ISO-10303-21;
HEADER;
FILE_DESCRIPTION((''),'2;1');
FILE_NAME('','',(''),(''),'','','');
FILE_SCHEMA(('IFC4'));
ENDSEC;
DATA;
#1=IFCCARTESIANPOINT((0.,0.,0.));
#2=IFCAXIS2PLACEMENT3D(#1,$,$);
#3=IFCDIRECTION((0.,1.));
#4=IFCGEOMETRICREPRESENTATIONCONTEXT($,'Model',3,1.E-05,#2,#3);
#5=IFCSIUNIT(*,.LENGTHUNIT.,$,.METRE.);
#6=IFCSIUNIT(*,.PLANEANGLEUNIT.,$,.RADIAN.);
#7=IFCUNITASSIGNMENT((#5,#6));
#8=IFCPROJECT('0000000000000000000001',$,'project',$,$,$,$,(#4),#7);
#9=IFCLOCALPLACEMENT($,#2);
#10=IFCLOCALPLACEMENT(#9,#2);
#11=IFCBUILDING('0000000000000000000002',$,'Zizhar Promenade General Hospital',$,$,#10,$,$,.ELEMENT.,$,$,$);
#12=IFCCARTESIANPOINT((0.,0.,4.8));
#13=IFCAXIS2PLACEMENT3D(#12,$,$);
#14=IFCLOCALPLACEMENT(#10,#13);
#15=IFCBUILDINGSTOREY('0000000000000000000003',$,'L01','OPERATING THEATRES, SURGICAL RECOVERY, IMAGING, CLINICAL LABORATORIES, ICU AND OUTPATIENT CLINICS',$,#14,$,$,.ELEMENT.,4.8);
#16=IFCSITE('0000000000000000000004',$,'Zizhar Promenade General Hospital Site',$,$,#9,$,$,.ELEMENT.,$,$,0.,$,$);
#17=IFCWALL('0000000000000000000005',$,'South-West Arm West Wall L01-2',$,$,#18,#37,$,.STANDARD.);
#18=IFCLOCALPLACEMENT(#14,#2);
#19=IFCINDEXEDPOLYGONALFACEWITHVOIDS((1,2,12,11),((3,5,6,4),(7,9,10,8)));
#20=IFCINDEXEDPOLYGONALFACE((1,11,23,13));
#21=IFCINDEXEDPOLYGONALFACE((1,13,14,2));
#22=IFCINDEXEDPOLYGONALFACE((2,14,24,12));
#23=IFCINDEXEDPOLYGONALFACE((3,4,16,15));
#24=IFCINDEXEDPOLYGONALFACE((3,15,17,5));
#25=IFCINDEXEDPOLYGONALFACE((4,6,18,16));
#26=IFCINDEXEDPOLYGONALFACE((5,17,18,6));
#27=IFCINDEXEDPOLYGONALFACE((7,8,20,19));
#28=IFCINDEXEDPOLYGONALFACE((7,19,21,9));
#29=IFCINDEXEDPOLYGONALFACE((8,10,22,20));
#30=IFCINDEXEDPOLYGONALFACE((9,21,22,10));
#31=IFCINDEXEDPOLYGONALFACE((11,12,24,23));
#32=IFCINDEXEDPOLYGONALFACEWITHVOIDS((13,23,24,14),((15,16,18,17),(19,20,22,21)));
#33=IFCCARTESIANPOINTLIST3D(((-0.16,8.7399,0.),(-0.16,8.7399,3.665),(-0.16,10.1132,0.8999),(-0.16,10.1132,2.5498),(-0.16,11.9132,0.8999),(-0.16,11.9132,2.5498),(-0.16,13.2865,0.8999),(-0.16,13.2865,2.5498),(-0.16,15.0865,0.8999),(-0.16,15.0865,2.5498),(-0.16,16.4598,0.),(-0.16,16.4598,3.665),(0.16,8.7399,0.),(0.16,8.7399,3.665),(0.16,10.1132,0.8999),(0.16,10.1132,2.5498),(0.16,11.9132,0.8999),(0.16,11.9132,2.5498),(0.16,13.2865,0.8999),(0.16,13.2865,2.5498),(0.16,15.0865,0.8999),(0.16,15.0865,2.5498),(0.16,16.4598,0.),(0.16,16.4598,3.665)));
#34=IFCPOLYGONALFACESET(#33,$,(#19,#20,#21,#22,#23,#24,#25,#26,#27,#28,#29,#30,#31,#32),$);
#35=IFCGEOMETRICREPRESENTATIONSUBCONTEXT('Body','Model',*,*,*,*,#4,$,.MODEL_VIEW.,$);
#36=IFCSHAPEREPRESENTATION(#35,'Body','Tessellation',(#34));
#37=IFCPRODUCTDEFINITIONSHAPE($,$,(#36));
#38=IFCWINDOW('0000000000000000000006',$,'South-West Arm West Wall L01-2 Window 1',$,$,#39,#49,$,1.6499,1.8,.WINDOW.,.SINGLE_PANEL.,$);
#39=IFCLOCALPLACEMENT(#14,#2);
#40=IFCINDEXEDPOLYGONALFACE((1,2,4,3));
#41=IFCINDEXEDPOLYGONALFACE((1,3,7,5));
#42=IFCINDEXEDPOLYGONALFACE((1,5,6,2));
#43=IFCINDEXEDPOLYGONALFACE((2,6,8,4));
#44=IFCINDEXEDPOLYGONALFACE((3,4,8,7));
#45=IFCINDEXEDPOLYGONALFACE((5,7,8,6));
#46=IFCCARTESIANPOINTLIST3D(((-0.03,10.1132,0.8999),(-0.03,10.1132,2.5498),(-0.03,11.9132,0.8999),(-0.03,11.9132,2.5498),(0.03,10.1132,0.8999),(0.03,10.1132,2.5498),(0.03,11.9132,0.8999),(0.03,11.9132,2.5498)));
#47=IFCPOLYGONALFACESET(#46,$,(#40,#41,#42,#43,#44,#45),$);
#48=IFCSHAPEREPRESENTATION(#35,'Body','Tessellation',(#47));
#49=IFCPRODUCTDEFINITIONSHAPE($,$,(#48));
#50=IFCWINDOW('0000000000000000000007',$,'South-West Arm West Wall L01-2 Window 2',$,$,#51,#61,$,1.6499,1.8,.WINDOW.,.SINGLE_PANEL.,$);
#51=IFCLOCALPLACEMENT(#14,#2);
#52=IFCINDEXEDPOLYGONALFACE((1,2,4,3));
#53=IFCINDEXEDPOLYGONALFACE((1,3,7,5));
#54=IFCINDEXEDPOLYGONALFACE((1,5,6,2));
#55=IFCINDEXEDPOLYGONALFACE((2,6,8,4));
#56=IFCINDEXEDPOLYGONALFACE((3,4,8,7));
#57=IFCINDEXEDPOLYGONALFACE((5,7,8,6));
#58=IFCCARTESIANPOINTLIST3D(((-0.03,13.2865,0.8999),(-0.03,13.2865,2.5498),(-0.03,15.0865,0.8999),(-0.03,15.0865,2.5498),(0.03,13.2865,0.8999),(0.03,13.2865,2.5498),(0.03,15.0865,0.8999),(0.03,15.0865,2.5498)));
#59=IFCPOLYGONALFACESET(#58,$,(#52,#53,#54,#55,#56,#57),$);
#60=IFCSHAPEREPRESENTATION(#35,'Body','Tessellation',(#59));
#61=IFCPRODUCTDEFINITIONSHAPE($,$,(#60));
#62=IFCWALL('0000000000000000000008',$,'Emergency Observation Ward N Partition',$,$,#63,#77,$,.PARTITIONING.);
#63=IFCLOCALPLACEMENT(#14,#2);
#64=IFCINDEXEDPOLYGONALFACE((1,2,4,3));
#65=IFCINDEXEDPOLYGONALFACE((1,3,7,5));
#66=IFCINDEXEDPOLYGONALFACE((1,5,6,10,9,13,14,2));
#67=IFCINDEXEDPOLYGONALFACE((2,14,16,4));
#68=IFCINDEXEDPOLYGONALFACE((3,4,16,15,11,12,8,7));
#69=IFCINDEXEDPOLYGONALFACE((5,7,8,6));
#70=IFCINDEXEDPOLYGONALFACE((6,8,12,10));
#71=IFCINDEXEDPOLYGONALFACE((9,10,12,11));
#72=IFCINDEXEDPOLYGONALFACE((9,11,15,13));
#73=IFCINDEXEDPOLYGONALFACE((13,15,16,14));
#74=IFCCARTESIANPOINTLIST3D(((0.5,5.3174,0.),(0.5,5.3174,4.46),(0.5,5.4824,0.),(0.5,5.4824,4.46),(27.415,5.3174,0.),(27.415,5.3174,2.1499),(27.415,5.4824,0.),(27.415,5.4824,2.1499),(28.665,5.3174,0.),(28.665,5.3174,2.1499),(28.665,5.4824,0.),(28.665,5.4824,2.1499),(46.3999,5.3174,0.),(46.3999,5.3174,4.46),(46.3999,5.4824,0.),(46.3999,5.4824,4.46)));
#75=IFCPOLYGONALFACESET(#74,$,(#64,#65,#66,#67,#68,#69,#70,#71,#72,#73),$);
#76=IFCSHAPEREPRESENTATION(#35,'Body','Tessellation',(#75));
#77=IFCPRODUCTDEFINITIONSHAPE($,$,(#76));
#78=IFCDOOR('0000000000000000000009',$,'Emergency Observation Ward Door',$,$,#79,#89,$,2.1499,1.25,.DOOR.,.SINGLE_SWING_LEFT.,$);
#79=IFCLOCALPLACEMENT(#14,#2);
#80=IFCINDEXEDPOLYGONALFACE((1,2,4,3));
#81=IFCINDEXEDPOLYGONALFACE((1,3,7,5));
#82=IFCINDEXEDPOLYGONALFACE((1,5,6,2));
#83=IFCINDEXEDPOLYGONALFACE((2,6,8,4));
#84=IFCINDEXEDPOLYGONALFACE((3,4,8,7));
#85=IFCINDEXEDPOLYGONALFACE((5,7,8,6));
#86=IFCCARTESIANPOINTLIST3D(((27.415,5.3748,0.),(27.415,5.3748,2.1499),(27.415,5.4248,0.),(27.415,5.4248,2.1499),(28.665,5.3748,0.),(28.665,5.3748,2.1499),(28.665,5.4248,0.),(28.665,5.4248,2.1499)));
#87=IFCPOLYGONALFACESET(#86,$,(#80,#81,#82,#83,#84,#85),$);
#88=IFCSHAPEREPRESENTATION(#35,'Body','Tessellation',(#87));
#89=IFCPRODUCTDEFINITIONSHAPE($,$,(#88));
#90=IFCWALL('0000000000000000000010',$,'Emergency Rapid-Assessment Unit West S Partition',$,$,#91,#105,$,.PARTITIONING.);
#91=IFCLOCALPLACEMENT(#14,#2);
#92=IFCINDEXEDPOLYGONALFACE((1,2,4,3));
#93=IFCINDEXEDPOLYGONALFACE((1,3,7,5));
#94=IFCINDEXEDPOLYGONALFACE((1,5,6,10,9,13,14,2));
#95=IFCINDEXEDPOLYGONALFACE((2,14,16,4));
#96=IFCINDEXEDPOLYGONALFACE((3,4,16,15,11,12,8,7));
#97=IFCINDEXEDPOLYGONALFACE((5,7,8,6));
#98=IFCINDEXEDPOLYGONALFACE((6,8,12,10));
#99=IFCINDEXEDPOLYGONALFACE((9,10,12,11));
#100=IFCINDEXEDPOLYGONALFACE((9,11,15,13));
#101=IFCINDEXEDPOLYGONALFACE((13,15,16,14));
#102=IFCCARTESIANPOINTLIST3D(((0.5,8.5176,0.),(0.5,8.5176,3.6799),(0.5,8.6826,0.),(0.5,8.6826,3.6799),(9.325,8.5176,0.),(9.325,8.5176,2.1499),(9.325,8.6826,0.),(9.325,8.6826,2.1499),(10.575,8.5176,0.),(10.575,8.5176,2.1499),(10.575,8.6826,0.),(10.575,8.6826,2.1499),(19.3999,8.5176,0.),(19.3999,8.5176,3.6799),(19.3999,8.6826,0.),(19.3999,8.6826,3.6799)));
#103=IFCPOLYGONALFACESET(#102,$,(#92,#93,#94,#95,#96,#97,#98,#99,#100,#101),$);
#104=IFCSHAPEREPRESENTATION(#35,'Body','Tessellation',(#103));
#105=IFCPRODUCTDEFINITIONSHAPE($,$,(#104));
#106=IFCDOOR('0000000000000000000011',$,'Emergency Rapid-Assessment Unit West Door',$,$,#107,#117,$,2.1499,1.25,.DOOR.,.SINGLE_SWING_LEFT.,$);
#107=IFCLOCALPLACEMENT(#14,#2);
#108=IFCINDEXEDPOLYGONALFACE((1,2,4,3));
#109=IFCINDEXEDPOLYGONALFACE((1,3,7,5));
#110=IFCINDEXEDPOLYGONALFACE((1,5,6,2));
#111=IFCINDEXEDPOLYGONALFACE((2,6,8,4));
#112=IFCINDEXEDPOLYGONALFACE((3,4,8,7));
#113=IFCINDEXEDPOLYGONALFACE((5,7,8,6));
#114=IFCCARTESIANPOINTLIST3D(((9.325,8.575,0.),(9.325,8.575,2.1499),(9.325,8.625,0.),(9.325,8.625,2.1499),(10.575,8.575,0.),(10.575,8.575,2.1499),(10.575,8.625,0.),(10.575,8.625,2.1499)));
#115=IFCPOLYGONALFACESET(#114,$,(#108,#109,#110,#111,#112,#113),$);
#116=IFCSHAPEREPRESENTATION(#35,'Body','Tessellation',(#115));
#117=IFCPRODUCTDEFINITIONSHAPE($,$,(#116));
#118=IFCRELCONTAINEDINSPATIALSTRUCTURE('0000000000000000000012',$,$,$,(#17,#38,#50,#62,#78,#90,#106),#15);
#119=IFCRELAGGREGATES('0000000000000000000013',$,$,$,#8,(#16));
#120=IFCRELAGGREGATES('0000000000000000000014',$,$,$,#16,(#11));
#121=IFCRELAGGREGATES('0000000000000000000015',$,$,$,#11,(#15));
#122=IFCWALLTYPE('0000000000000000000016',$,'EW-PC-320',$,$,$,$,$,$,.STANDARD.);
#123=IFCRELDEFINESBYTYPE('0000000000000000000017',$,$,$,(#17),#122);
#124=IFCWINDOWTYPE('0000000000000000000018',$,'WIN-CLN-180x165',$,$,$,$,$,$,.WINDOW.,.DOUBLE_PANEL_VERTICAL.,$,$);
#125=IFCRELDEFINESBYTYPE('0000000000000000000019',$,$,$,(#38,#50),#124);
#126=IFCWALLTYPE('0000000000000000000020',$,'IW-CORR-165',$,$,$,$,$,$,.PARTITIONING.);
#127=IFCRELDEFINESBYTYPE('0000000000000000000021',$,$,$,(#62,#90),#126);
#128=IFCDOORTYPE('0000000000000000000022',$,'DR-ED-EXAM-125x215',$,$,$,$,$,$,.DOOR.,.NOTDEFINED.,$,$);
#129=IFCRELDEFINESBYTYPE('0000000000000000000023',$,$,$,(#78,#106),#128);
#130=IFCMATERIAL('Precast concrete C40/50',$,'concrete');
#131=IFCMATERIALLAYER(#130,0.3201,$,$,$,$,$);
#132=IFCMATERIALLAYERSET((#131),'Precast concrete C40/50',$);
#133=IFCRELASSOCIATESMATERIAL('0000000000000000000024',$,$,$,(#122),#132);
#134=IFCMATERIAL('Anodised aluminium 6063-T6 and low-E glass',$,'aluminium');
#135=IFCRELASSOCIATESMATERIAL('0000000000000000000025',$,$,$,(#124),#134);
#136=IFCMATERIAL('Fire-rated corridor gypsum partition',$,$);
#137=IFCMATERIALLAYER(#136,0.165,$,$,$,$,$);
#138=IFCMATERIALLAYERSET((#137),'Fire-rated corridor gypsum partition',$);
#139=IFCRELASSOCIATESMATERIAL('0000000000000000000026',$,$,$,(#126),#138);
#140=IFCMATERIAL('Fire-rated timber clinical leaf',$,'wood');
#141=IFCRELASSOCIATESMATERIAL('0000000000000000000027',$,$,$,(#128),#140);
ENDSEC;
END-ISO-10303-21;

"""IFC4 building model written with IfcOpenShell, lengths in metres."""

from ifc_helpers import new_model, si_unit, direction, frame, frame_2d, origin, place, context, subcontext, project, spatial, rectangle, extrude, material, layer, layer_set, type_object, element, fill, save


model = new_model("IFC4")

# Units and contexts
model_context = context("Model", 3, precision=1e-05, world=origin(), true_north=direction((0.0, 1.0)))
body_context = subcontext(model_context, "Body", "Model", "MODEL_VIEW")
ifc_project = project(units=[si_unit("LENGTHUNIT", "METRE"), si_unit("PLANEANGLEUNIT", "RADIAN")], contexts=[model_context])

# Site, building, storey
site_placement = place(None, origin())
site = spatial("IfcSite", under=ifc_project, at=site_placement, Name="Zizhar Promenade General Hospital Site", CompositionType="ELEMENT", RefElevation=0.0)
building_placement = place(site_placement, origin())
building = spatial("IfcBuilding", under=site, at=building_placement, Name="Zizhar Promenade General Hospital", CompositionType="ELEMENT")
storey_placement = place(building_placement, frame((0.0, 0.0, 4.8)))
storey = spatial("IfcBuildingStorey", under=building, at=storey_placement, Name="L01", Description="OPERATING THEATRES, SURGICAL RECOVERY, IMAGING, CLINICAL LABORATORIES, ICU AND OUTPATIENT CLINICS", CompositionType="ELEMENT", Elevation=4.8)

# Wall, openings, windows
ifc_material_1 = material(Name="Precast concrete C40/50", Category="concrete")
ifc_layer_1 = layer(ifc_material_1, 0.3201)
ifc_layer_set_1 = layer_set([ifc_layer_1], Name="Precast concrete C40/50")
wall_type_1 = type_object("IfcWallType", Name="EW-PC-320", PredefinedType="STANDARD", material=ifc_layer_set_1)
ifc_material_2 = material(Name="Anodised aluminium 6063-T6 and low-E glass", Category="aluminium")
window_type = type_object("IfcWindowType", Name="WIN-CLN-180x165", PartitioningType="DOUBLE_PANEL_VERTICAL", PredefinedType="WINDOW", material=ifc_material_2)
wall_1_placement = place(storey_placement, frame((0.0, 8.74, 0.0), z_axis=(0.0, 0.0, 1.0), x_axis=(0.0, 1.0, 0.0)))
wall_1 = element("IfcWall", 1, at=wall_1_placement, inside=storey, type_object=wall_type_1, Name="South-West Arm West Wall L01-2", PredefinedType="STANDARD", context=body_context, shape_type="SweptSolid", body=[
    extrude(rectangle(XDim=7.72, YDim=0.3201, at=frame_2d((3.8599, 0.0))), origin(), (0.0, 0.0, 1.0), 3.665),
])
opening_1_placement = place(wall_1_placement, frame((1.3733, 0.0, 0.8999)))
opening_1 = element("IfcOpeningElement", 2, at=opening_1_placement, cuts=wall_1, PredefinedType="OPENING", context=body_context, shape_type="SweptSolid", body=[
    extrude(rectangle(XDim=1.8, YDim=1.6499, at=frame_2d((0.8999, 0.825))), frame((0.0, 0.1699, 0.0), z_axis=(0.0, -1.0, 0.0), x_axis=(1.0, 0.0, 0.0)), (0.0, 0.0, 1.0), 0.3401),
])
opening_2_placement = place(wall_1_placement, frame((4.5466, 0.0, 0.8999)))
opening_2 = element("IfcOpeningElement", 3, at=opening_2_placement, cuts=wall_1, PredefinedType="OPENING", context=body_context, shape_type="SweptSolid", body=[
    extrude(rectangle(XDim=1.8, YDim=1.6499, at=frame_2d((0.8999, 0.825))), frame((0.0, 0.1699, 0.0), z_axis=(0.0, -1.0, 0.0), x_axis=(1.0, 0.0, 0.0)), (0.0, 0.0, 1.0), 0.3401),
])
window_1_placement = place(opening_1_placement, origin())
window_1 = element("IfcWindow", 4, at=window_1_placement, inside=storey, type_object=window_type, Name="South-West Arm West Wall L01-2 Window 1", OverallHeight=1.6499, OverallWidth=1.8, PartitioningType="SINGLE_PANEL", PredefinedType="WINDOW", context=body_context, shape_type="SweptSolid", body=[
    extrude(rectangle(XDim=1.8, YDim=1.6499, at=frame_2d((0.8999, 0.825))), frame((0.0, 0.03, 0.0), z_axis=(0.0, -1.0, 0.0), x_axis=(1.0, 0.0, 0.0)), (0.0, 0.0, 1.0), 0.0601),
])
fill(opening_1, window_1)
window_2_placement = place(opening_2_placement, origin())
window_2 = element("IfcWindow", 5, at=window_2_placement, inside=storey, type_object=window_type, Name="South-West Arm West Wall L01-2 Window 2", OverallHeight=1.6499, OverallWidth=1.8, PartitioningType="SINGLE_PANEL", PredefinedType="WINDOW", context=body_context, shape_type="SweptSolid", body=[
    extrude(rectangle(XDim=1.8, YDim=1.6499, at=frame_2d((0.8999, 0.825))), frame((0.0, 0.03, 0.0), z_axis=(0.0, -1.0, 0.0), x_axis=(1.0, 0.0, 0.0)), (0.0, 0.0, 1.0), 0.0601),
])
fill(opening_2, window_2)

# Walls, openings, doors
ifc_material_3 = material(Name="Fire-rated corridor gypsum partition")
ifc_layer_2 = layer(ifc_material_3, 0.165)
ifc_layer_set_2 = layer_set([ifc_layer_2], Name="Fire-rated corridor gypsum partition")
wall_type_2 = type_object("IfcWallType", Name="IW-CORR-165", PredefinedType="PARTITIONING", material=ifc_layer_set_2)
wall_2_placement = place(storey_placement, frame((0.5, 5.3999, 0.0), z_axis=(0.0, 0.0, 1.0), x_axis=(1.0, 0.0, 0.0)))
wall_2 = element("IfcWall", 6, at=wall_2_placement, inside=storey, type_object=wall_type_2, Name="Emergency Observation Ward N Partition", PredefinedType="PARTITIONING", context=body_context, shape_type="SweptSolid", body=[
    extrude(rectangle(XDim=45.8999, YDim=0.165, at=frame_2d((22.95, 0.0))), origin(), (0.0, 0.0, 1.0), 4.46),
])
opening_3_placement = place(wall_2_placement, frame((26.915, 0.0, 0.0)))
opening_3 = element("IfcOpeningElement", 7, at=opening_3_placement, cuts=wall_2, PredefinedType="OPENING", context=body_context, shape_type="SweptSolid", body=[
    extrude(rectangle(XDim=1.25, YDim=2.1499, at=frame_2d((0.625, 1.075))), frame((0.0, 0.0925, 0.0), z_axis=(0.0, -1.0, 0.0), x_axis=(1.0, 0.0, 0.0)), (0.0, 0.0, 1.0), 0.1851),
])
ifc_material_4 = material(Name="Fire-rated timber clinical leaf", Category="wood")
door_type = type_object("IfcDoorType", Name="DR-ED-EXAM-125x215", OperationType="NOTDEFINED", PredefinedType="DOOR", material=ifc_material_4)
door_1_placement = place(opening_3_placement, origin())
door_1 = element("IfcDoor", 8, at=door_1_placement, inside=storey, type_object=door_type, Name="Emergency Observation Ward Door", OperationType="SINGLE_SWING_LEFT", OverallHeight=2.1499, OverallWidth=1.25, PredefinedType="DOOR", context=body_context, shape_type="SweptSolid", body=[
    extrude(rectangle(XDim=1.25, YDim=2.1499, at=frame_2d((0.625, 1.075))), frame((0.0, 0.0249, 0.0), z_axis=(0.0, -1.0, 0.0), x_axis=(1.0, 0.0, 0.0)), (0.0, 0.0, 1.0), 0.05),
])
fill(opening_3, door_1)
wall_3_placement = place(storey_placement, frame((0.5, 8.6001, 0.0), z_axis=(0.0, 0.0, 1.0), x_axis=(1.0, 0.0, 0.0)))
wall_3 = element("IfcWall", 9, at=wall_3_placement, inside=storey, type_object=wall_type_2, Name="Emergency Rapid-Assessment Unit West S Partition", PredefinedType="PARTITIONING", context=body_context, shape_type="SweptSolid", body=[
    extrude(rectangle(XDim=18.8999, YDim=0.165, at=frame_2d((9.45, 0.0))), origin(), (0.0, 0.0, 1.0), 3.6799),
])
opening_4_placement = place(wall_3_placement, frame((8.825, 0.0, 0.0)))
opening_4 = element("IfcOpeningElement", 10, at=opening_4_placement, cuts=wall_3, PredefinedType="OPENING", context=body_context, shape_type="SweptSolid", body=[
    extrude(rectangle(XDim=1.25, YDim=2.1499, at=frame_2d((0.625, 1.075))), frame((0.0, 0.0925, 0.0), z_axis=(0.0, -1.0, 0.0), x_axis=(1.0, 0.0, 0.0)), (0.0, 0.0, 1.0), 0.1851),
])
door_2_placement = place(opening_4_placement, origin())
door_2 = element("IfcDoor", 11, at=door_2_placement, inside=storey, type_object=door_type, Name="Emergency Rapid-Assessment Unit West Door", OperationType="SINGLE_SWING_LEFT", OverallHeight=2.1499, OverallWidth=1.25, PredefinedType="DOOR", context=body_context, shape_type="SweptSolid", body=[
    extrude(rectangle(XDim=1.25, YDim=2.1499, at=frame_2d((0.625, 1.075))), frame((0.0, 0.0249, 0.0), z_axis=(0.0, -1.0, 0.0), x_axis=(1.0, 0.0, 0.0)), (0.0, 0.0, 1.0), 0.05),
])
fill(opening_4, door_2)

save(model, "model.ifc")
